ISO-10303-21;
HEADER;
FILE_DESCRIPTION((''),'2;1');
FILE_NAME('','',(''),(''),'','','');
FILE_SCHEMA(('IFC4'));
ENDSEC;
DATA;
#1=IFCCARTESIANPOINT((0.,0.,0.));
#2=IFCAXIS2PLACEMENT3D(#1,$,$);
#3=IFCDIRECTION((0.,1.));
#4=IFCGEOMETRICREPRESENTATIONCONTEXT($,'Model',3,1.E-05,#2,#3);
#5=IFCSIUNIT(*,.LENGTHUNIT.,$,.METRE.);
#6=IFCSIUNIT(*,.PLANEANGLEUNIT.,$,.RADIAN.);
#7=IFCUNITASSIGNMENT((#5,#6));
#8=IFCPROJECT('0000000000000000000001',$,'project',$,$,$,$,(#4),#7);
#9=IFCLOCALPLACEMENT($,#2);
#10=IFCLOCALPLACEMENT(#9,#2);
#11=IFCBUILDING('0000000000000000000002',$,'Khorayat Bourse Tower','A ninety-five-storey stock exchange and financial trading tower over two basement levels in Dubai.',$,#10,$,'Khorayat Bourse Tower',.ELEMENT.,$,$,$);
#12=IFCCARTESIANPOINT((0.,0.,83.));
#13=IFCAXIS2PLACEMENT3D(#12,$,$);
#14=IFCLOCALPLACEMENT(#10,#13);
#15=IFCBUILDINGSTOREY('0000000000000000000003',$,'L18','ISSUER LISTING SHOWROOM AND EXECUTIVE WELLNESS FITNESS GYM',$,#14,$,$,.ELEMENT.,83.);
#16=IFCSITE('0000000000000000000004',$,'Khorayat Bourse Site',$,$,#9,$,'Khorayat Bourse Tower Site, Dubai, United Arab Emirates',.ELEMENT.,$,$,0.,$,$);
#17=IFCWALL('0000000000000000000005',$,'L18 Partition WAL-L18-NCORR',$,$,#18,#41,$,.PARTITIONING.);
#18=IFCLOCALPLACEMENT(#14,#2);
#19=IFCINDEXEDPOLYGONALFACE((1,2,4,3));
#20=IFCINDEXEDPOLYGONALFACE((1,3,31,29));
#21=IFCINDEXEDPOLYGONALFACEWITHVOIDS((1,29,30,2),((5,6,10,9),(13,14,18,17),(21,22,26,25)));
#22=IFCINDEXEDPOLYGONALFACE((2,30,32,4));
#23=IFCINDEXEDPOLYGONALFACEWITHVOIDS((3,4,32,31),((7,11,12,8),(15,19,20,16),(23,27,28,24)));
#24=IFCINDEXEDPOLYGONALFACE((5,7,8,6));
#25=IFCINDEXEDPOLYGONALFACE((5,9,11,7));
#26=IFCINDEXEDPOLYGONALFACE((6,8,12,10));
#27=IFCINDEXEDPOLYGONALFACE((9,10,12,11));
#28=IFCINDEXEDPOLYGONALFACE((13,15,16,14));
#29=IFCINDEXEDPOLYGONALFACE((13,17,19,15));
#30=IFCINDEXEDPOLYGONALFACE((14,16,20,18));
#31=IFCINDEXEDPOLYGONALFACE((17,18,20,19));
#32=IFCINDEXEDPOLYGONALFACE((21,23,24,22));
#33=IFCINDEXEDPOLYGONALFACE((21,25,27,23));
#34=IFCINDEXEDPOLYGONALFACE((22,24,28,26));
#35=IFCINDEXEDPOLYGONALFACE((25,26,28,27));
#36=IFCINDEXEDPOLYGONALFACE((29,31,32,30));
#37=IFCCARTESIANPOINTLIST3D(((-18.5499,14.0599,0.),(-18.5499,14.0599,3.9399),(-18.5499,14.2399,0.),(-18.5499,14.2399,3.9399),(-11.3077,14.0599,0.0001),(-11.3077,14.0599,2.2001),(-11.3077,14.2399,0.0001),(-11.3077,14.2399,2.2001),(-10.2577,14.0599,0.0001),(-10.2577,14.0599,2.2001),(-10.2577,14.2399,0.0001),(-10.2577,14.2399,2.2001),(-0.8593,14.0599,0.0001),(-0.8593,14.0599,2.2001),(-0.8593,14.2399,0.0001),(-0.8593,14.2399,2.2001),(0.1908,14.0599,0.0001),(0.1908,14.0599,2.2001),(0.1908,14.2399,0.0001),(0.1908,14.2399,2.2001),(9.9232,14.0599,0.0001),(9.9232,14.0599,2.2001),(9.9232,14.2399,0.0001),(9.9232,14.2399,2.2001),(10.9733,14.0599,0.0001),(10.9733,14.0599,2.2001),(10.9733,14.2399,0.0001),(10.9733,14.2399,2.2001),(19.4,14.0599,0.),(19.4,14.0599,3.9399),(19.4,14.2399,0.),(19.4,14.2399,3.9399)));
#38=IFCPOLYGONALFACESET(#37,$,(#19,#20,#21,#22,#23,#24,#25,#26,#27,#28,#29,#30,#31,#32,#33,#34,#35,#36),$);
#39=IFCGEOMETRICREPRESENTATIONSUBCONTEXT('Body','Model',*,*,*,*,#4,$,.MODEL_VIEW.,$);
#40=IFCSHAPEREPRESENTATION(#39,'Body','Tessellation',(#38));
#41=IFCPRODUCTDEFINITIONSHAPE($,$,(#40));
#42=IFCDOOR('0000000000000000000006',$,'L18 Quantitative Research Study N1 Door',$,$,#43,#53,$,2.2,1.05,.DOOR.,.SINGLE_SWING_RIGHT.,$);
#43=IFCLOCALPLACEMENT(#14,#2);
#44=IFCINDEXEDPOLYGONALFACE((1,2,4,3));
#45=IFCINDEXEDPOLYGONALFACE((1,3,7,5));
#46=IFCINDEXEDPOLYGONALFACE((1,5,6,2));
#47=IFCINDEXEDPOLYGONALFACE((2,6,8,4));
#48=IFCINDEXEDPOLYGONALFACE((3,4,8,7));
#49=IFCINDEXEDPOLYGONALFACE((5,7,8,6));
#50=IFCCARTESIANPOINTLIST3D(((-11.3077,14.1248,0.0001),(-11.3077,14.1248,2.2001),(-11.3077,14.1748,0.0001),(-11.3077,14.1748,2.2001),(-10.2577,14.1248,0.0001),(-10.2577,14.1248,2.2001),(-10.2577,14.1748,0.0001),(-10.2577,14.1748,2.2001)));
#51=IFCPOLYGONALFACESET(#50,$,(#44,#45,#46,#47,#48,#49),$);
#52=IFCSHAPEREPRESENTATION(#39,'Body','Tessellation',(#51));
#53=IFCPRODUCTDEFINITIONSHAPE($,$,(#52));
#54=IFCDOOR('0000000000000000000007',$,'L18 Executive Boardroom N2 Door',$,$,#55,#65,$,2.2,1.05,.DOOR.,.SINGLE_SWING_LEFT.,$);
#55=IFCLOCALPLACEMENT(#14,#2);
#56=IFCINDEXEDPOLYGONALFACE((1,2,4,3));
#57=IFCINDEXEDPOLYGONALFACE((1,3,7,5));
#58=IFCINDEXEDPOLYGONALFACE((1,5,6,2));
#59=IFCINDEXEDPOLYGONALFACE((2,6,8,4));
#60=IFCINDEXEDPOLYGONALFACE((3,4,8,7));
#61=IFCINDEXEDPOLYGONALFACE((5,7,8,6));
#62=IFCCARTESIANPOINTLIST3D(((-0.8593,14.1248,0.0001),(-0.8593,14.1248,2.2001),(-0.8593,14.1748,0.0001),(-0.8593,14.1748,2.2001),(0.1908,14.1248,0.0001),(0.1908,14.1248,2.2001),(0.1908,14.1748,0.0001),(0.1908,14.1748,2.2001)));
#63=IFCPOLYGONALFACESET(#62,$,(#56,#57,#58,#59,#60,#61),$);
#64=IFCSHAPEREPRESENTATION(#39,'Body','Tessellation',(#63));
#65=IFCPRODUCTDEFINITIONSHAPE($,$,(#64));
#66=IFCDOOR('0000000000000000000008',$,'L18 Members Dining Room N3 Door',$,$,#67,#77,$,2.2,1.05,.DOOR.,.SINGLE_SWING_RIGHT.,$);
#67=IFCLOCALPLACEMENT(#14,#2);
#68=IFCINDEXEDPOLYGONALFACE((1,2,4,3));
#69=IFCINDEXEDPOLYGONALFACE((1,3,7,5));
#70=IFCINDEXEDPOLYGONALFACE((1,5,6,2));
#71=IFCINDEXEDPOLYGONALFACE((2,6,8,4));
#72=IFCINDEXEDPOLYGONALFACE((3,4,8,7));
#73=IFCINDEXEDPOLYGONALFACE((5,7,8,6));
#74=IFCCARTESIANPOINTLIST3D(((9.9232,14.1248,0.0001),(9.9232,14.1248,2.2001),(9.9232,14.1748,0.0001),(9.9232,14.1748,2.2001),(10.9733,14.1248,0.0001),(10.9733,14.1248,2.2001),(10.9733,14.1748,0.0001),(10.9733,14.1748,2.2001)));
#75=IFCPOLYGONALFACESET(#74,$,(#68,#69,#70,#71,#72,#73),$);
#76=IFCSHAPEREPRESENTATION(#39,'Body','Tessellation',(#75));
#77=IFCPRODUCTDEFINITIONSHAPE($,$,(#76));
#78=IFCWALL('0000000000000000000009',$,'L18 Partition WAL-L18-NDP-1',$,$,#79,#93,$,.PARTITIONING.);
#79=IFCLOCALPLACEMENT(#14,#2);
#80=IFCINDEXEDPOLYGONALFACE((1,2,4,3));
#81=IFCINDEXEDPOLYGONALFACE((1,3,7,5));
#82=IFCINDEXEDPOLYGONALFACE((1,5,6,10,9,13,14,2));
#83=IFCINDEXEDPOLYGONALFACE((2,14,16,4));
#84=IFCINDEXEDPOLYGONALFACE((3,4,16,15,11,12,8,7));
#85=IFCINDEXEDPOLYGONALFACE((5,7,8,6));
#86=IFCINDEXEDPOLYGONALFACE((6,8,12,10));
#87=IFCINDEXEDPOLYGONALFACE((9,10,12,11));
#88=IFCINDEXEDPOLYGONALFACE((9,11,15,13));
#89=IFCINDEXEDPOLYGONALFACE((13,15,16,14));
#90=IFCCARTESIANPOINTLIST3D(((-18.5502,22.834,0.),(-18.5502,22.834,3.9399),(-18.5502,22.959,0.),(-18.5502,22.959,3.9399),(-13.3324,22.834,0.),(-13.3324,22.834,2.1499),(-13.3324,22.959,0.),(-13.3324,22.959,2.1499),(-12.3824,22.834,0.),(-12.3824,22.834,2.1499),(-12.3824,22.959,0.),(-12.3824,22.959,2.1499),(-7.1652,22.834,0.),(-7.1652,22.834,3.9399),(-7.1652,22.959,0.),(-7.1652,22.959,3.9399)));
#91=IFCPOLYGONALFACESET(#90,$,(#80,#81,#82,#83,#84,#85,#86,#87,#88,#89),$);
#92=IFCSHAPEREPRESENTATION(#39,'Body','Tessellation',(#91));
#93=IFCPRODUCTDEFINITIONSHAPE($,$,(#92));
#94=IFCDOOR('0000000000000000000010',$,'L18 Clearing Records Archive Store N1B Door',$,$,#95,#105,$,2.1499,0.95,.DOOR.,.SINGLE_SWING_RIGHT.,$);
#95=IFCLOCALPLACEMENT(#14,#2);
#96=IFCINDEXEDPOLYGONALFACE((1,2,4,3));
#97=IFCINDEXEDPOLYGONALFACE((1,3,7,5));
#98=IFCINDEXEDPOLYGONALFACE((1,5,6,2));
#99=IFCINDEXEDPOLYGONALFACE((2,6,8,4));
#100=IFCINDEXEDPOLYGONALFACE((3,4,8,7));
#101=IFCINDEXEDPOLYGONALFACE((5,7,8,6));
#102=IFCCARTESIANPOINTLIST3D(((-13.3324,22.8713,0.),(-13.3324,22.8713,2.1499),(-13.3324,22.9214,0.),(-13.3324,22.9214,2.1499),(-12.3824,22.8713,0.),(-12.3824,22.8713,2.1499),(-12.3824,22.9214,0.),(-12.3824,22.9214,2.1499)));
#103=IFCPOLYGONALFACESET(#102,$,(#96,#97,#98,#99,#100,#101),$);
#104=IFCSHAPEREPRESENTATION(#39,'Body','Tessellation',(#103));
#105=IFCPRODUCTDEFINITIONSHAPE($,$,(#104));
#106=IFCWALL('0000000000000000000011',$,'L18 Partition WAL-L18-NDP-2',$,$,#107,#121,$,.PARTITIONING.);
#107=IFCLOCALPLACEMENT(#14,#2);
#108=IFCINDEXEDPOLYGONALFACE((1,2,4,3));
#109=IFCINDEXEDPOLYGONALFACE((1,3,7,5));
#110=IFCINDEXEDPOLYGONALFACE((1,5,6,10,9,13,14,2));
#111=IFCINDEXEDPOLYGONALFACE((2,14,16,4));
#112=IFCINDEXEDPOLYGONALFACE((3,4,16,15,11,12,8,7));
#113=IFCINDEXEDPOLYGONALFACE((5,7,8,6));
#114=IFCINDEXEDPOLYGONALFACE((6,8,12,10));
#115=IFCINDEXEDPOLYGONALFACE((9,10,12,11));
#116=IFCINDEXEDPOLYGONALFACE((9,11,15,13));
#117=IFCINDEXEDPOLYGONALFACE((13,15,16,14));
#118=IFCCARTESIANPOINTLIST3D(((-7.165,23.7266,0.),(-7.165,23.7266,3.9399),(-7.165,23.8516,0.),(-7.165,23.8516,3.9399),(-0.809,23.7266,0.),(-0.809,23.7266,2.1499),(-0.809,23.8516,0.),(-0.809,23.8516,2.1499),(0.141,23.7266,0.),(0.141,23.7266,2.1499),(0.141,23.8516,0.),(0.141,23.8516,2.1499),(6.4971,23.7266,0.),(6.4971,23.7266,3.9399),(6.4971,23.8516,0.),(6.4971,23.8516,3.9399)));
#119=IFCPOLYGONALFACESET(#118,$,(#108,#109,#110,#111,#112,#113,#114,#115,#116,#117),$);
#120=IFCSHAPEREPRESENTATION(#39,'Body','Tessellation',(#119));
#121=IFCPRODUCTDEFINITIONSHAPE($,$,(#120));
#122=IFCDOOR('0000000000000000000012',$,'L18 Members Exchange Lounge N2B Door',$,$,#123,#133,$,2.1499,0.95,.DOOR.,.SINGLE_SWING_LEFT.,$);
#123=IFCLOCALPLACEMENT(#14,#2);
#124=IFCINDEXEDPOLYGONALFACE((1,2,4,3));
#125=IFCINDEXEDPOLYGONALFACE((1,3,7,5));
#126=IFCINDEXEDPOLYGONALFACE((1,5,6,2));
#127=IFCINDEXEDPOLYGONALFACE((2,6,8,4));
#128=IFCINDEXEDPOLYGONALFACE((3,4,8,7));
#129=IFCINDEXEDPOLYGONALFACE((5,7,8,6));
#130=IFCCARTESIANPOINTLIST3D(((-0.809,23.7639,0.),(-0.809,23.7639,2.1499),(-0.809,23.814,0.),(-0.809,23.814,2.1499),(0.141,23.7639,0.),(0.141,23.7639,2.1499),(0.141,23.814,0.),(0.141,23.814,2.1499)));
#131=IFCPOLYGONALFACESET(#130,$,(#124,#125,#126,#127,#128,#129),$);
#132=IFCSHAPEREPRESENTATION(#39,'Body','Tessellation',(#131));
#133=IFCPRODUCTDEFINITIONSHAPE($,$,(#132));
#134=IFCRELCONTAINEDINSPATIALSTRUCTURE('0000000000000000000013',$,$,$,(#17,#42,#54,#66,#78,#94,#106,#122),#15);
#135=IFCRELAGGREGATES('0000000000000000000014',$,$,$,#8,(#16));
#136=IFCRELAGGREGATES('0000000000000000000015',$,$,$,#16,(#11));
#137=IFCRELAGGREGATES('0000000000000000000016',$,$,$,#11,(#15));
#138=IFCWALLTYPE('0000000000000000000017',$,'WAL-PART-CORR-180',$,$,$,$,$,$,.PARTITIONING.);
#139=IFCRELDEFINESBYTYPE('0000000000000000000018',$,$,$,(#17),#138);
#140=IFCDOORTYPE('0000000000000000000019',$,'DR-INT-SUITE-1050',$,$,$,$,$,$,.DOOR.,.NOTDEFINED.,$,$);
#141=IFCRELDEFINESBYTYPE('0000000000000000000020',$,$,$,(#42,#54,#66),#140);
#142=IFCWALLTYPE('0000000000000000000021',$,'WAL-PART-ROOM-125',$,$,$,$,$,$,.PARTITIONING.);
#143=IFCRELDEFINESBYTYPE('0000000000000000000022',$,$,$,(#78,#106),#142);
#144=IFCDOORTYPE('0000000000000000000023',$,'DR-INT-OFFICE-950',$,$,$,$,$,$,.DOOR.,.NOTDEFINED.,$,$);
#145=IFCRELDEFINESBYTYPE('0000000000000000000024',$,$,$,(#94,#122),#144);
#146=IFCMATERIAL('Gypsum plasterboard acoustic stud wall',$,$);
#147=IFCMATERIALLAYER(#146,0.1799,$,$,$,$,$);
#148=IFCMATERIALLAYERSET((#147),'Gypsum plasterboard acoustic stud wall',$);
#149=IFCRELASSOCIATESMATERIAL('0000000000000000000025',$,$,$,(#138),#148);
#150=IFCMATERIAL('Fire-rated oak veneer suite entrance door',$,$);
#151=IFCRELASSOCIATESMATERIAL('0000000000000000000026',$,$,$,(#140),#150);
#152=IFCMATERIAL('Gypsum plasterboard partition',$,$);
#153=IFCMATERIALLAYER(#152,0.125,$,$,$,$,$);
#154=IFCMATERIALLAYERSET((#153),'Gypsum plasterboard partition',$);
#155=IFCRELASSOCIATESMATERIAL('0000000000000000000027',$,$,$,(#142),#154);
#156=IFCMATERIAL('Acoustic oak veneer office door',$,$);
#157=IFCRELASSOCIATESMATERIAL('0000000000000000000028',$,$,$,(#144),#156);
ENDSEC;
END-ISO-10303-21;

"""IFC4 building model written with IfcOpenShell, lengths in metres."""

from ifc_helpers import new_model, si_unit, direction, frame, frame_2d, origin, place, context, subcontext, project, spatial, rectangle, extrude, source, transform, mapped, material, layer, layer_set, type_object, element, fill, save


model = new_model("IFC4")

# Units and contexts
model_context = context("Model", 3, precision=1e-05, world=origin(), true_north=direction((0.0, 1.0)))
body_context = subcontext(model_context, "Body", "Model", "MODEL_VIEW")
ifc_project = project(units=[si_unit("LENGTHUNIT", "METRE"), si_unit("PLANEANGLEUNIT", "RADIAN")], contexts=[model_context])

# Site, building, storey
site_placement = place(None, origin())
site = spatial("IfcSite", under=ifc_project, at=site_placement, Name="Khorayat Bourse Site", LongName="Khorayat Bourse Tower Site, Dubai, United Arab Emirates", CompositionType="ELEMENT", RefElevation=0.0)
building_placement = place(site_placement, origin())
building = spatial("IfcBuilding", under=site, at=building_placement, Name="Khorayat Bourse Tower", Description="A ninety-five-storey stock exchange and financial trading tower over two basement levels in Dubai.", LongName="Khorayat Bourse Tower", CompositionType="ELEMENT")
storey_placement = place(building_placement, frame((0.0, 0.0, 83.0)))
storey = spatial("IfcBuildingStorey", under=building, at=storey_placement, Name="L18", Description="ISSUER LISTING SHOWROOM AND EXECUTIVE WELLNESS FITNESS GYM", CompositionType="ELEMENT", Elevation=83.0)

# Wall, openings, doors
ifc_material_1 = material(Name="Gypsum plasterboard acoustic stud wall")
ifc_layer_1 = layer(ifc_material_1, 0.1799)
ifc_layer_set_1 = layer_set([ifc_layer_1], Name="Gypsum plasterboard acoustic stud wall")
wall_type_1 = type_object("IfcWallType", Name="WAL-PART-CORR-180", PredefinedType="PARTITIONING", material=ifc_layer_set_1)
shared_shape_1 = source(origin(), body_context, "Body", "SweptSolid", [
    extrude(rectangle(XDim=37.95, YDim=0.1799, at=frame_2d((18.9751, 0.0))), origin(), (0.0, 0.0, 1.0), 3.9399),
])
wall_1_placement = place(storey_placement, frame((-18.55, 14.1499, 0.0), z_axis=(0.0, 0.0, 1.0), x_axis=(1.0, 0.0, 0.0)))
wall_1 = element("IfcWall", 1, at=wall_1_placement, inside=storey, type_object=wall_type_1, Name="L18 Partition WAL-L18-NCORR", PredefinedType="PARTITIONING", context=body_context, shape_type="MappedRepresentation", body=[
    mapped(shared_shape_1, transform((0.0, 0.0, 0.0), scale=1.0)),
])
shared_shape_2 = source(origin(), body_context, "Body", "SweptSolid", [
    extrude(rectangle(XDim=1.05, YDim=2.2, at=frame_2d((0.5249, 1.1001))), frame((0.0, 0.0999, 0.0), z_axis=(0.0, -1.0, 0.0), x_axis=(1.0, 0.0, 0.0)), (0.0, 0.0, 1.0), 0.2),
])
opening_1_placement = place(wall_1_placement, frame((7.2424, 0.0, 0.0)))
opening_1 = element("IfcOpeningElement", 2, at=opening_1_placement, cuts=wall_1, PredefinedType="OPENING", context=body_context, shape_type="MappedRepresentation", body=[
    mapped(shared_shape_2, transform((0.0, 0.0, 0.0), scale=1.0)),
])
opening_2_placement = place(wall_1_placement, frame((17.6909, 0.0, 0.0)))
opening_2 = element("IfcOpeningElement", 3, at=opening_2_placement, cuts=wall_1, PredefinedType="OPENING", context=body_context, shape_type="MappedRepresentation", body=[
    mapped(shared_shape_2, transform((0.0, 0.0, 0.0), scale=1.0)),
])
opening_3_placement = place(wall_1_placement, frame((28.4734, 0.0, 0.0)))
opening_3 = element("IfcOpeningElement", 4, at=opening_3_placement, cuts=wall_1, PredefinedType="OPENING", context=body_context, shape_type="MappedRepresentation", body=[
    mapped(shared_shape_2, transform((0.0, 0.0, 0.0), scale=1.0)),
])
ifc_material_2 = material(Name="Fire-rated oak veneer suite entrance door")
door_type_1 = type_object("IfcDoorType", Name="DR-INT-SUITE-1050", OperationType="NOTDEFINED", PredefinedType="DOOR", material=ifc_material_2)
shared_shape_3 = source(origin(), body_context, "Body", "SweptSolid", [
    extrude(rectangle(XDim=1.05, YDim=2.2, at=frame_2d((0.5249, 1.1001))), frame((0.0, 0.0249, 0.0), z_axis=(0.0, -1.0, 0.0), x_axis=(1.0, 0.0, 0.0)), (0.0, 0.0, 1.0), 0.05),
])
door_1_placement = place(opening_1_placement, origin())
door_1 = element("IfcDoor", 5, at=door_1_placement, inside=storey, type_object=door_type_1, Name="L18 Quantitative Research Study N1 Door", OperationType="SINGLE_SWING_RIGHT", OverallHeight=2.2, OverallWidth=1.05, PredefinedType="DOOR", context=body_context, shape_type="MappedRepresentation", body=[
    mapped(shared_shape_3, transform((0.0, 0.0, 0.0), scale=1.0)),
])
fill(opening_1, door_1)
door_2_placement = place(opening_2_placement, origin())
door_2 = element("IfcDoor", 6, at=door_2_placement, inside=storey, type_object=door_type_1, Name="L18 Executive Boardroom N2 Door", OperationType="SINGLE_SWING_LEFT", OverallHeight=2.2, OverallWidth=1.05, PredefinedType="DOOR", context=body_context, shape_type="MappedRepresentation", body=[
    mapped(shared_shape_3, transform((0.0, 0.0, 0.0), scale=1.0)),
])
fill(opening_2, door_2)
door_3_placement = place(opening_3_placement, origin())
door_3 = element("IfcDoor", 7, at=door_3_placement, inside=storey, type_object=door_type_1, Name="L18 Members Dining Room N3 Door", OperationType="SINGLE_SWING_RIGHT", OverallHeight=2.2, OverallWidth=1.05, PredefinedType="DOOR", context=body_context, shape_type="MappedRepresentation", body=[
    mapped(shared_shape_3, transform((0.0, 0.0, 0.0), scale=1.0)),
])
fill(opening_3, door_3)

# Walls, openings, doors
ifc_material_3 = material(Name="Gypsum plasterboard partition")
ifc_layer_2 = layer(ifc_material_3, 0.125)
ifc_layer_set_2 = layer_set([ifc_layer_2], Name="Gypsum plasterboard partition")
wall_type_2 = type_object("IfcWallType", Name="WAL-PART-ROOM-125", PredefinedType="PARTITIONING", material=ifc_layer_set_2)
shared_shape_4 = source(origin(), body_context, "Body", "SweptSolid", [
    extrude(rectangle(XDim=11.385, YDim=0.125, at=frame_2d((5.6924, 0.0))), origin(), (0.0, 0.0, 1.0), 3.9399),
])
wall_2_placement = place(storey_placement, frame((-18.55, 22.8965, 0.0), z_axis=(0.0, 0.0, 1.0), x_axis=(1.0, 0.0, 0.0)))
wall_2 = element("IfcWall", 8, at=wall_2_placement, inside=storey, type_object=wall_type_2, Name="L18 Partition WAL-L18-NDP-1", PredefinedType="PARTITIONING", context=body_context, shape_type="MappedRepresentation", body=[
    mapped(shared_shape_4, transform((0.0, 0.0, 0.0), scale=1.0)),
])
shared_shape_5 = source(origin(), body_context, "Body", "SweptSolid", [
    extrude(rectangle(XDim=0.95, YDim=2.1499, at=frame_2d((0.4751, 1.075))), frame((0.0, 0.0725, 0.0), z_axis=(0.0, -1.0, 0.0), x_axis=(1.0, 0.0, 0.0)), (0.0, 0.0, 1.0), 0.145),
])
opening_4_placement = place(wall_2_placement, frame((5.2175, 0.0, 0.0)))
opening_4 = element("IfcOpeningElement", 9, at=opening_4_placement, cuts=wall_2, PredefinedType="OPENING", context=body_context, shape_type="MappedRepresentation", body=[
    mapped(shared_shape_5, transform((0.0, 0.0, 0.0), scale=1.0)),
])
ifc_material_4 = material(Name="Acoustic oak veneer office door")
door_type_2 = type_object("IfcDoorType", Name="DR-INT-OFFICE-950", OperationType="NOTDEFINED", PredefinedType="DOOR", material=ifc_material_4)
shared_shape_6 = source(origin(), body_context, "Body", "SweptSolid", [
    extrude(rectangle(XDim=0.95, YDim=2.1499, at=frame_2d((0.4751, 1.075))), frame((0.0, 0.0249, 0.0), z_axis=(0.0, -1.0, 0.0), x_axis=(1.0, 0.0, 0.0)), (0.0, 0.0, 1.0), 0.05),
])
door_4_placement = place(opening_4_placement, origin())
door_4 = element("IfcDoor", 10, at=door_4_placement, inside=storey, type_object=door_type_2, Name="L18 Clearing Records Archive Store N1B Door", OperationType="SINGLE_SWING_RIGHT", OverallHeight=2.1499, OverallWidth=0.95, PredefinedType="DOOR", context=body_context, shape_type="MappedRepresentation", body=[
    mapped(shared_shape_6, transform((0.0, 0.0, 0.0), scale=1.0)),
])
fill(opening_4, door_4)
shared_shape_7 = source(origin(), body_context, "Body", "SweptSolid", [
    extrude(rectangle(XDim=13.6621, YDim=0.125, at=frame_2d((6.8311, 0.0))), origin(), (0.0, 0.0, 1.0), 3.9399),
])
wall_3_placement = place(storey_placement, frame((-7.165, 23.7891, 0.0), z_axis=(0.0, 0.0, 1.0), x_axis=(1.0, 0.0, 0.0)))
wall_3 = element("IfcWall", 11, at=wall_3_placement, inside=storey, type_object=wall_type_2, Name="L18 Partition WAL-L18-NDP-2", PredefinedType="PARTITIONING", context=body_context, shape_type="MappedRepresentation", body=[
    mapped(shared_shape_7, transform((0.0, 0.0, 0.0), scale=1.0)),
])
opening_5_placement = place(wall_3_placement, frame((6.356, 0.0, 0.0)))
opening_5 = element("IfcOpeningElement", 12, at=opening_5_placement, cuts=wall_3, PredefinedType="OPENING", context=body_context, shape_type="MappedRepresentation", body=[
    mapped(shared_shape_5, transform((0.0, 0.0, 0.0), scale=1.0)),
])
door_5_placement = place(opening_5_placement, origin())
door_5 = element("IfcDoor", 13, at=door_5_placement, inside=storey, type_object=door_type_2, Name="L18 Members Exchange Lounge N2B Door", OperationType="SINGLE_SWING_LEFT", OverallHeight=2.1499, OverallWidth=0.95, PredefinedType="DOOR", context=body_context, shape_type="MappedRepresentation", body=[
    mapped(shared_shape_6, transform((0.0, 0.0, 0.0), scale=1.0)),
])
fill(opening_5, door_5)

save(model, "model.ifc")
